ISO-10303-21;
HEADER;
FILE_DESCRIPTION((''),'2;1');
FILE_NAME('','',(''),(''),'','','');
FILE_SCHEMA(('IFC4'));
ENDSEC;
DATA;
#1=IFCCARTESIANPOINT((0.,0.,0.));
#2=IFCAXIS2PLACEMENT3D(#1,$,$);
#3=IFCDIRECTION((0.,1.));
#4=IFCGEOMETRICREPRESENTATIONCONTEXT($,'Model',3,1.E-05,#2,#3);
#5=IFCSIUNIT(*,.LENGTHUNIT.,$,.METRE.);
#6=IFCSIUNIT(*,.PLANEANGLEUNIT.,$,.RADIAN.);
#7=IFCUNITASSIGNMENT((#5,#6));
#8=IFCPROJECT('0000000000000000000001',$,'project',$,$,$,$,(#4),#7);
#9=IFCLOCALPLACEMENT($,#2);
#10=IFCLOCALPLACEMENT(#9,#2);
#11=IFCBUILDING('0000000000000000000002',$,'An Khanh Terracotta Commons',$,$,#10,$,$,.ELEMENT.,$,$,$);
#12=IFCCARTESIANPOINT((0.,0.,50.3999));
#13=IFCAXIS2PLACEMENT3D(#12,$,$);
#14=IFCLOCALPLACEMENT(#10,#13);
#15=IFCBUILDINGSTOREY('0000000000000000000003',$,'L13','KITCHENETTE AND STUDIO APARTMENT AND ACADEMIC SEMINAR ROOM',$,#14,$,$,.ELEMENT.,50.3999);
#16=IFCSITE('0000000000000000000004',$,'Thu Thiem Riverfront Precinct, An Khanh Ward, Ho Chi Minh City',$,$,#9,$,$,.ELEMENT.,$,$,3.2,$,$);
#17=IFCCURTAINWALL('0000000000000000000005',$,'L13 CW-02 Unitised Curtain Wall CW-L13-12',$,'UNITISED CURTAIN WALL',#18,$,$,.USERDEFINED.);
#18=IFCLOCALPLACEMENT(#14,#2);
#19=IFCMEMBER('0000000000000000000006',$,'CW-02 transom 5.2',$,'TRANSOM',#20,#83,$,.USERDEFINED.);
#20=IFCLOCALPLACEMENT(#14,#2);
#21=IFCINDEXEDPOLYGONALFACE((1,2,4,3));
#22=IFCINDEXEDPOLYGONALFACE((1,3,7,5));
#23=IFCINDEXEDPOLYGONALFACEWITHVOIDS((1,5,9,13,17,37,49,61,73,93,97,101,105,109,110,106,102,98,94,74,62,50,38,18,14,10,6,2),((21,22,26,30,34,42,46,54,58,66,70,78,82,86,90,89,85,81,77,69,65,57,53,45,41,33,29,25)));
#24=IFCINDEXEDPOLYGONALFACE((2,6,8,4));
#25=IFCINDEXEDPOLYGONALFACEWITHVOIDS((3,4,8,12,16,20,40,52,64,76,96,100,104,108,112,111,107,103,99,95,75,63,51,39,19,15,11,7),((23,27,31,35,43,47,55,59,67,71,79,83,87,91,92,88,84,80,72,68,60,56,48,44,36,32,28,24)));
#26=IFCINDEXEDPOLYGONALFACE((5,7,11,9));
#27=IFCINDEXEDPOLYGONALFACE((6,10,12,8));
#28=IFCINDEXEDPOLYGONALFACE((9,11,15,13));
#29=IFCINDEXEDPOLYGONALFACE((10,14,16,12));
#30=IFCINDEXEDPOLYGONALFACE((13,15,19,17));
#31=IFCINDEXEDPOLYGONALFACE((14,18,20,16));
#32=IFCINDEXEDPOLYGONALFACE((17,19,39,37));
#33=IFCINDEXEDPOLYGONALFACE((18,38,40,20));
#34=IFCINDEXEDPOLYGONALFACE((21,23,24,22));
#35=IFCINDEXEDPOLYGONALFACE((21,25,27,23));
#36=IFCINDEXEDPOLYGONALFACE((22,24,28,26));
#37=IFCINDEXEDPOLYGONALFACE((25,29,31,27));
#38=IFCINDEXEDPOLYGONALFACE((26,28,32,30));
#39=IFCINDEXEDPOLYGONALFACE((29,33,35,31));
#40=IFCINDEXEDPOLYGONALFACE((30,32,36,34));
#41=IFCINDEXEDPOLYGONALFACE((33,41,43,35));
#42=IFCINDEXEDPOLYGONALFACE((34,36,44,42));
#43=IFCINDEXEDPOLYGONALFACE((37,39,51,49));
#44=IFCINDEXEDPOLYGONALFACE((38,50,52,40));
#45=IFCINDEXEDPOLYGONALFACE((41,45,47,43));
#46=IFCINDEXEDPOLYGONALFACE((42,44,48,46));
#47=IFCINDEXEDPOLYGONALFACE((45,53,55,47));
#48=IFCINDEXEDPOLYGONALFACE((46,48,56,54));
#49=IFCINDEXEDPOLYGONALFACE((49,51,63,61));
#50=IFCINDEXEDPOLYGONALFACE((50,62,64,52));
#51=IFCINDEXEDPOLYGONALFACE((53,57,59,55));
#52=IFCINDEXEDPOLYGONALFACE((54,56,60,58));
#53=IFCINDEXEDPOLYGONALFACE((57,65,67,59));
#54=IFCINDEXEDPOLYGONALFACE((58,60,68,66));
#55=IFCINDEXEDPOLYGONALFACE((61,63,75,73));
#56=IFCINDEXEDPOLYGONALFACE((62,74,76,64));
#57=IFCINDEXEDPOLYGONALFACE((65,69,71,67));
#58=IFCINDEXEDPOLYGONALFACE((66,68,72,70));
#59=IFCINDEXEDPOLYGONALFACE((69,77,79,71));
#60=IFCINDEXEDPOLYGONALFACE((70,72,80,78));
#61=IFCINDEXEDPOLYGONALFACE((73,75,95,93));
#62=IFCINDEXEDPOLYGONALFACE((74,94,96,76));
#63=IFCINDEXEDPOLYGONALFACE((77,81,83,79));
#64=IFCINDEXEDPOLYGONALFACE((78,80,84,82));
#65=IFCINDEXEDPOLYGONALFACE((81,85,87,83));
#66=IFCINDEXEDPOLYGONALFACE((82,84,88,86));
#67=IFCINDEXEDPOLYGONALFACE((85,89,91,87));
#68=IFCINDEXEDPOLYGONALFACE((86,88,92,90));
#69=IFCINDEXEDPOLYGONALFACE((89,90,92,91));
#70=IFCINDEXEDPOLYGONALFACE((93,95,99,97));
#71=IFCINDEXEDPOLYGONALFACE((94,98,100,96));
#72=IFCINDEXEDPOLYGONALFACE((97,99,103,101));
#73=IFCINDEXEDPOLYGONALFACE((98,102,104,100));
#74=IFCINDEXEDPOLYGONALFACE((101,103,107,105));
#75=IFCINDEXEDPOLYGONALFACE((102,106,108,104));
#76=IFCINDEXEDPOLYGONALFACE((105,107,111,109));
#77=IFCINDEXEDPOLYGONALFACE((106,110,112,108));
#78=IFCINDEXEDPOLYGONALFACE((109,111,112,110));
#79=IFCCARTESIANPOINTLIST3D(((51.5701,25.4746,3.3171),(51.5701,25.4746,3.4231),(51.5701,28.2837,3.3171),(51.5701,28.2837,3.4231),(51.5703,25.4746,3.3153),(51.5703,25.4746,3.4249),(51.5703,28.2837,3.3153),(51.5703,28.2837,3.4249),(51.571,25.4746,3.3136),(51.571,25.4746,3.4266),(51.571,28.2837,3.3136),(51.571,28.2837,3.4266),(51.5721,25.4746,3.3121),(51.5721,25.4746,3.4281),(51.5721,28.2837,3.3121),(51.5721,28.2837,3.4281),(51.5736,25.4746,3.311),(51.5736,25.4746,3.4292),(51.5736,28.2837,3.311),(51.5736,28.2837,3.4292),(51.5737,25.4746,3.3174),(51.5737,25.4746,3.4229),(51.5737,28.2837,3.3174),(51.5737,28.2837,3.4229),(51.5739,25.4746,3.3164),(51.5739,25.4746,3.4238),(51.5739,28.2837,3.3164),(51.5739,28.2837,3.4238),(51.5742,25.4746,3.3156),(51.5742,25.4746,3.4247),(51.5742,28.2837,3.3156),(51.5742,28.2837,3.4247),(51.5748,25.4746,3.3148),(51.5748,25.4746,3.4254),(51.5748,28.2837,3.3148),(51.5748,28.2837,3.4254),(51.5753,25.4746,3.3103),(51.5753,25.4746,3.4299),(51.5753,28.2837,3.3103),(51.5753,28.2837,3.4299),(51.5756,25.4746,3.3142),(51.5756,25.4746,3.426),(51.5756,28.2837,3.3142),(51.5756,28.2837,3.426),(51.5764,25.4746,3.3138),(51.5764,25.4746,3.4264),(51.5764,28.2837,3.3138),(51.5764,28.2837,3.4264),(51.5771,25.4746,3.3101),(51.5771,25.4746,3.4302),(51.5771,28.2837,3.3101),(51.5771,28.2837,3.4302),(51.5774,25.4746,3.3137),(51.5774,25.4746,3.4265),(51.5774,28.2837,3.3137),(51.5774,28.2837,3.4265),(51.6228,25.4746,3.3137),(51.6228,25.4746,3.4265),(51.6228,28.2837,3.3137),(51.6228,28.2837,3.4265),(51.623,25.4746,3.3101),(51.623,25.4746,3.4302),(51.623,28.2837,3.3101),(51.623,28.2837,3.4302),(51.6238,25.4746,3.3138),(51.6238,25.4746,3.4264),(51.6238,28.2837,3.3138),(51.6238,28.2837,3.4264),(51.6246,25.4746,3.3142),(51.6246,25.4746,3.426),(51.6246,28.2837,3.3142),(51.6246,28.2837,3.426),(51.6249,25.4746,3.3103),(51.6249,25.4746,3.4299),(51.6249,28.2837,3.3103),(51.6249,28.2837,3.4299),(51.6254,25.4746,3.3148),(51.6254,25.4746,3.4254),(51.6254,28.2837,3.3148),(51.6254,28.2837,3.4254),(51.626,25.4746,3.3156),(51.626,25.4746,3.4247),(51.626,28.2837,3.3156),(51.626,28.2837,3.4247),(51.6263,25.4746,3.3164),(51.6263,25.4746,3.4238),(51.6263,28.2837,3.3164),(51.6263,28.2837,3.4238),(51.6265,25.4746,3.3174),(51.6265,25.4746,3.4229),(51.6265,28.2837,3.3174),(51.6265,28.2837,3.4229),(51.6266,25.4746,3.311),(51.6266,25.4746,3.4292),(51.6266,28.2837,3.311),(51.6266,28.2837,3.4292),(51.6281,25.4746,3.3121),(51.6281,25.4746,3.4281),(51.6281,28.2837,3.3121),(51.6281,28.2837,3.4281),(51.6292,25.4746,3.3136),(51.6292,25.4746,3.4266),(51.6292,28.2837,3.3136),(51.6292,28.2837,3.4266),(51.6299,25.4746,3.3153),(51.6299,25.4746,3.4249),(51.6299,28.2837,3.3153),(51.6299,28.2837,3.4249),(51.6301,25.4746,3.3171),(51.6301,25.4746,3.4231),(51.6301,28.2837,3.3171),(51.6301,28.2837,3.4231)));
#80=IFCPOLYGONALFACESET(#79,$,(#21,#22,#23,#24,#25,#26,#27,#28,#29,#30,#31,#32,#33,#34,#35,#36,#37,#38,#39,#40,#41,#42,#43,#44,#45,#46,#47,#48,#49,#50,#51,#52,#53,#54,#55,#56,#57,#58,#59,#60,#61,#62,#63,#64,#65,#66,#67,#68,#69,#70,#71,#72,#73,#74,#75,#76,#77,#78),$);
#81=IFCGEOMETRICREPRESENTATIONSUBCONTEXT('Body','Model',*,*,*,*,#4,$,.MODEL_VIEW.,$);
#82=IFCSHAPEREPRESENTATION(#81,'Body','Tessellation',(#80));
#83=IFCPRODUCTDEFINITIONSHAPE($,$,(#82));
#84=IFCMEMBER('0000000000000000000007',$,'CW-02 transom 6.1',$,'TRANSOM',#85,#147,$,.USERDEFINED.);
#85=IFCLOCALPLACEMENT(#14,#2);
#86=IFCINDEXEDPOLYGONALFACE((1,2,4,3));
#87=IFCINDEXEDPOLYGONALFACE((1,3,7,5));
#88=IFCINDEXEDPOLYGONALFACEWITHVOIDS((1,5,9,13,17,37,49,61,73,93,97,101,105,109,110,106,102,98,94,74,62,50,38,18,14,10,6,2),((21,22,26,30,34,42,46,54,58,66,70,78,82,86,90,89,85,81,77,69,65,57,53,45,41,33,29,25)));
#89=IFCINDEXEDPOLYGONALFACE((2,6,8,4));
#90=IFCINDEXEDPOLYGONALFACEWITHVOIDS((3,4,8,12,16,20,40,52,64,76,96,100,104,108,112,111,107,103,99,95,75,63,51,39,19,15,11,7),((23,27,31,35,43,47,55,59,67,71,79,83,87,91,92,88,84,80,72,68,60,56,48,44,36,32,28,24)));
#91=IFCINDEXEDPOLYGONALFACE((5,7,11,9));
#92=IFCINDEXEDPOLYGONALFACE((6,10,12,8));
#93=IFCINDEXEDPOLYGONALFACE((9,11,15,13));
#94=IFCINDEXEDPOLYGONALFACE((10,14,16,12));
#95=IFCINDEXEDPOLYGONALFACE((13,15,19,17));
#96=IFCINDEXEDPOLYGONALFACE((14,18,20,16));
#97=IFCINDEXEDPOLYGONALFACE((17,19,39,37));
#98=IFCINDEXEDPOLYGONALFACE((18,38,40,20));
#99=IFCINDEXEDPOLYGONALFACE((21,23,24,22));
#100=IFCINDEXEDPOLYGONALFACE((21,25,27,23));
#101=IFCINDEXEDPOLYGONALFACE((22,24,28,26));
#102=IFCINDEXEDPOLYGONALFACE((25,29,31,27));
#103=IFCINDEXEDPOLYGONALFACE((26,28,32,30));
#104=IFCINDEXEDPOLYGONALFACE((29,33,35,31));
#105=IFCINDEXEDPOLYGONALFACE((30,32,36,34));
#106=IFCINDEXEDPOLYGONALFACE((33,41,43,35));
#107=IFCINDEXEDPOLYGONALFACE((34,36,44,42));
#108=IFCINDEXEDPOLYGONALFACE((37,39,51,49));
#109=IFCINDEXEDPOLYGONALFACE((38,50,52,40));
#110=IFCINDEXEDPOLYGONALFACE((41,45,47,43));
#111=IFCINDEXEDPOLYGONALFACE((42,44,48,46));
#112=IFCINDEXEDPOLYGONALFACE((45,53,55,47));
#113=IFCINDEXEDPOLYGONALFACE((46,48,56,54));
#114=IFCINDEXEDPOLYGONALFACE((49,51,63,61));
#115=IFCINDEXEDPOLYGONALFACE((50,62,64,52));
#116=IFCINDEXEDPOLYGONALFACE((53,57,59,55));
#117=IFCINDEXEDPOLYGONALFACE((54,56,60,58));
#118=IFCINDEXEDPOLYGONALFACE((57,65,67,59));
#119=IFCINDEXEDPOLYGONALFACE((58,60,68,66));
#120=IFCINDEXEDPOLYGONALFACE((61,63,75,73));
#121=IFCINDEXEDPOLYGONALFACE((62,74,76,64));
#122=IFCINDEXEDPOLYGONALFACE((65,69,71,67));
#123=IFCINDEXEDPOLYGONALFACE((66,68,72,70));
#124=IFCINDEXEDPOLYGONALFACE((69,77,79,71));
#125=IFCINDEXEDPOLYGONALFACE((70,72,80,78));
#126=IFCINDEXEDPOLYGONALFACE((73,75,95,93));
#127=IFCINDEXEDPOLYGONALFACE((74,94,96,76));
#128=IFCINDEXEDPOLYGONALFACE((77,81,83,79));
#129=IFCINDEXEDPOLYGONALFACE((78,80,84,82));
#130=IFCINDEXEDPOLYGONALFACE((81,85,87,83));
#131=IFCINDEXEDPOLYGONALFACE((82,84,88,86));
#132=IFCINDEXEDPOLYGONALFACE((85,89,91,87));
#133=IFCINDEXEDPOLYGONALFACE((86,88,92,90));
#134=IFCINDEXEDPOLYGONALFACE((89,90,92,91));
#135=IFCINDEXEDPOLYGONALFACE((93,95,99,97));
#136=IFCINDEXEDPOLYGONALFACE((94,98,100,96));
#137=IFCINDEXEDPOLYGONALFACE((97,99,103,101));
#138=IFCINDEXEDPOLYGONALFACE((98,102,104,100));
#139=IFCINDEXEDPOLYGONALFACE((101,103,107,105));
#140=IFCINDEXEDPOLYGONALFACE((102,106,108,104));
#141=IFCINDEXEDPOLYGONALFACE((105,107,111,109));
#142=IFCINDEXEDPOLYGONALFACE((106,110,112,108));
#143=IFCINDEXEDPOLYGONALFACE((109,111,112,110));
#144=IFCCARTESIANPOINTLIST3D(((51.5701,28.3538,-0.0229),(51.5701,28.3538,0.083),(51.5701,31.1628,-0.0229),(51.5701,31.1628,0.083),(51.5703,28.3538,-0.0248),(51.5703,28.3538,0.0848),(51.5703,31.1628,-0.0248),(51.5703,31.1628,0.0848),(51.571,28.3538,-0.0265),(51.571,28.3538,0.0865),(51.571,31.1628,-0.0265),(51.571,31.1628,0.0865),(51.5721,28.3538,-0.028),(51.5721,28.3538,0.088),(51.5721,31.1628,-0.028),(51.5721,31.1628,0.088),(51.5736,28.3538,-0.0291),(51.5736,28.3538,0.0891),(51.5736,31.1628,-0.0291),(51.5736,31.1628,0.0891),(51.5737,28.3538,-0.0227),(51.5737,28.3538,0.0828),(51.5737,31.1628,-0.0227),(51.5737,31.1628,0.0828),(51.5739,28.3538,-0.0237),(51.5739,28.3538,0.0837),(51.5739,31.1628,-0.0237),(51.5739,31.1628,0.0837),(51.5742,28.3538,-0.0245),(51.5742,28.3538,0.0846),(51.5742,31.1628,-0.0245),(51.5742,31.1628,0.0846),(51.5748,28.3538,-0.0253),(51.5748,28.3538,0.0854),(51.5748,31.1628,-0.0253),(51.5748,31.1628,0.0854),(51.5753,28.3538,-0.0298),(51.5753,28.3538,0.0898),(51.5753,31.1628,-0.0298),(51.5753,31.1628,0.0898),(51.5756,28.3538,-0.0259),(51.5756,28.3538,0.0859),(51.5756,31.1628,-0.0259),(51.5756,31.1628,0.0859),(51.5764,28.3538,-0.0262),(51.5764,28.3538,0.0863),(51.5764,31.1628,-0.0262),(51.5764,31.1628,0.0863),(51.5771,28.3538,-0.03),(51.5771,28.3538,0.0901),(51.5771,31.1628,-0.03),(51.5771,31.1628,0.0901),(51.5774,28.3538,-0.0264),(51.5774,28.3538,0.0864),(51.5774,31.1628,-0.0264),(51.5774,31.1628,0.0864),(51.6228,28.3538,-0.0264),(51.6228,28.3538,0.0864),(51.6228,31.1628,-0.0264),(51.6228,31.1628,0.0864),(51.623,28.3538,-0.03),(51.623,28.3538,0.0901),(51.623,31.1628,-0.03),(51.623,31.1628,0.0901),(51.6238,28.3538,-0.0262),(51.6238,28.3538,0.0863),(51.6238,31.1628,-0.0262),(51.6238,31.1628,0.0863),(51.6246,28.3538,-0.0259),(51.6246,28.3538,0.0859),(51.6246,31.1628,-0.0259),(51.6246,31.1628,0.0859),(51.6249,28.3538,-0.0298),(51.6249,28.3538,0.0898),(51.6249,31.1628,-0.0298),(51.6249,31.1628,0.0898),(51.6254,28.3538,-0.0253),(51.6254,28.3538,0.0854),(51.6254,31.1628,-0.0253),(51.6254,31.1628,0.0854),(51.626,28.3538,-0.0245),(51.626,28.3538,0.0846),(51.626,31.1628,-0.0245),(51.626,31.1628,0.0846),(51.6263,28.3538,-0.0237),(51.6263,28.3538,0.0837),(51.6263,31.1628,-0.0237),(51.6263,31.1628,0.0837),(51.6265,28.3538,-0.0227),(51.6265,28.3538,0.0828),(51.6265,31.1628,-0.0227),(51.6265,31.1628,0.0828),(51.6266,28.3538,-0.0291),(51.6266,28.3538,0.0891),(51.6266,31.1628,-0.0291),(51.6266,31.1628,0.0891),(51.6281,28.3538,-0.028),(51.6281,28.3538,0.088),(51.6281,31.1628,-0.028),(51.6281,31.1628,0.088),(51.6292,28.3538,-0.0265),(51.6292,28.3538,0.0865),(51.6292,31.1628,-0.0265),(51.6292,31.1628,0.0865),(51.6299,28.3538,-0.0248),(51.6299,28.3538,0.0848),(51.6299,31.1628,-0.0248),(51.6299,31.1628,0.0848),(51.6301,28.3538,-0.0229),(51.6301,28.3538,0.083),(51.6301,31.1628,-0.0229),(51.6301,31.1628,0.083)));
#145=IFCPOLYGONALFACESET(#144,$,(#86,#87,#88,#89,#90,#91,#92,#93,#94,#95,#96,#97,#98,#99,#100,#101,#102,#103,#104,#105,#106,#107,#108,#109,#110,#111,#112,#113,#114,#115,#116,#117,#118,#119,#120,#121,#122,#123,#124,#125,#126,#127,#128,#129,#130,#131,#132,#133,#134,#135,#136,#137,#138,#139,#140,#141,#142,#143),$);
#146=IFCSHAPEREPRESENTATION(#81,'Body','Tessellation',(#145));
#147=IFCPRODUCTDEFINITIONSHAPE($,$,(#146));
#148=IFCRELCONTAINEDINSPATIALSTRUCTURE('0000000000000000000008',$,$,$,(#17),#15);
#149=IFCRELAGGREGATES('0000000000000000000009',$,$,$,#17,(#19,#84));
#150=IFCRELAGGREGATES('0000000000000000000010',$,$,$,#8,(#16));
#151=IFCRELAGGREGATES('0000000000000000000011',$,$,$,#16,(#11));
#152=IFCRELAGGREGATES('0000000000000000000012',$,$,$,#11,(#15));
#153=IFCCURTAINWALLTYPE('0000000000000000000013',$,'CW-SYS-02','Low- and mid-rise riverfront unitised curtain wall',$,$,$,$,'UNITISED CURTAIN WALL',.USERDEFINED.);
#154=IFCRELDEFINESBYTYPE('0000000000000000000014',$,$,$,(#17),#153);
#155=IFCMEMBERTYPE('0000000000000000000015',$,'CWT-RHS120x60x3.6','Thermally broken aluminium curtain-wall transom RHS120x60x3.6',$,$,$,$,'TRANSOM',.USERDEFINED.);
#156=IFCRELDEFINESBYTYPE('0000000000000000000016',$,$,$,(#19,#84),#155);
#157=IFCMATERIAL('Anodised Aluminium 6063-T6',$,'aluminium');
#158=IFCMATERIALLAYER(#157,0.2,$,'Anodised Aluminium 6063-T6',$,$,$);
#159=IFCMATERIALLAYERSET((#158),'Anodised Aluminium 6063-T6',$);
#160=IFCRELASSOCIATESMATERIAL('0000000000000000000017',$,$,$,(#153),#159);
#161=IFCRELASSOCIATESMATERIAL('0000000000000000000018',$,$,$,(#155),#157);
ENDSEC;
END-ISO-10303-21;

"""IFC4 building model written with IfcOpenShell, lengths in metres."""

from ifc_helpers import new_model, si_unit, direction, frame, origin, origin_2d, place, context, subcontext, project, spatial, hollow_rectangle, extrude, material, layer, layer_set, material_profile, profile_set, type_object, element, aggregate, save


model = new_model("IFC4")

# Units and contexts
model_context = context("Model", 3, precision=1e-05, world=origin(), true_north=direction((0.0, 1.0)))
body_context = subcontext(model_context, "Body", "Model", "MODEL_VIEW")
ifc_project = project(units=[si_unit("LENGTHUNIT", "METRE"), si_unit("PLANEANGLEUNIT", "RADIAN")], contexts=[model_context])

# Site, building, storey
site_placement = place(None, origin())
site = spatial("IfcSite", under=ifc_project, at=site_placement, Name="Thu Thiem Riverfront Precinct, An Khanh Ward, Ho Chi Minh City", CompositionType="ELEMENT", RefElevation=3.2)
building_placement = place(site_placement, origin())
building = spatial("IfcBuilding", under=site, at=building_placement, Name="An Khanh Terracotta Commons", CompositionType="ELEMENT")
storey_placement = place(building_placement, frame((0.0, 0.0, 50.3999)))
storey = spatial("IfcBuildingStorey", under=building, at=storey_placement, Name="L13", Description="KITCHENETTE AND STUDIO APARTMENT AND ACADEMIC SEMINAR ROOM", CompositionType="ELEMENT", Elevation=50.3999)

# Curtain wall, members
ifc_material_1 = material(Name="Anodised Aluminium 6063-T6", Category="aluminium")
ifc_layer_1 = layer(ifc_material_1, 0.2, Name="Anodised Aluminium 6063-T6")
ifc_layer_set_1 = layer_set([ifc_layer_1], Name="Anodised Aluminium 6063-T6")
curtain_wall_type = type_object("IfcCurtainWallType", Name="CW-SYS-02", Description="Low- and mid-rise riverfront unitised curtain wall", ElementType="UNITISED CURTAIN WALL", PredefinedType="USERDEFINED", material=ifc_layer_set_1)
curtain_wall_placement = place(storey_placement, origin())
curtain_wall = element("IfcCurtainWall", 1, at=curtain_wall_placement, inside=storey, type_object=curtain_wall_type, Name="L13 CW-02 Unitised Curtain Wall CW-L13-12", ObjectType="UNITISED CURTAIN WALL", PredefinedType="USERDEFINED")
ifc_material_profile_1 = material_profile(ifc_material_1, hollow_rectangle(XDim=0.0601, YDim=0.1201, WallThickness=0.0037, InnerFilletRadius=0.0037, OuterFilletRadius=0.0071, at=origin_2d()), Name="RHS120x60x3.6")
ifc_profile_set_1 = profile_set([ifc_material_profile_1], Name="Anodised Aluminium 6063-T6")
member_type_1 = type_object("IfcMemberType", Name="CWT-RHS120x60x3.6", Description="Thermally broken aluminium curtain-wall transom RHS120x60x3.6", ElementType="TRANSOM", PredefinedType="USERDEFINED", material=ifc_profile_set_1)
member_1_placement = place(storey_placement, frame((51.6001, 25.4746, 3.3701), z_axis=(0.0, 1.0, 0.0), x_axis=(-1.0, 0.0, 0.0)))
member_1 = element("IfcMember", 2, at=member_1_placement, type_object=member_type_1, Name="CW-02 transom 5.2", ObjectType="TRANSOM", PredefinedType="USERDEFINED", context=body_context, shape_type="SweptSolid", body=[
    extrude(hollow_rectangle(XDim=0.0601, YDim=0.1201, WallThickness=0.0037, InnerFilletRadius=0.0037, OuterFilletRadius=0.0071, at=origin_2d()), origin(), (0.0, 0.0, 1.0), 2.8091),
])
member_2_placement = place(storey_placement, frame((51.6001, 28.3538, 0.03), z_axis=(0.0, 1.0, 0.0), x_axis=(-1.0, 0.0, 0.0)))
member_2 = element("IfcMember", 3, at=member_2_placement, type_object=member_type_1, Name="CW-02 transom 6.1", ObjectType="TRANSOM", PredefinedType="USERDEFINED", context=body_context, shape_type="SweptSolid", body=[
    extrude(hollow_rectangle(XDim=0.0601, YDim=0.1201, WallThickness=0.0037, InnerFilletRadius=0.0037, OuterFilletRadius=0.0071, at=origin_2d()), origin(), (0.0, 0.0, 1.0), 2.8091),
])
aggregate(curtain_wall, [member_1, member_2])

save(model, "model.ifc")
